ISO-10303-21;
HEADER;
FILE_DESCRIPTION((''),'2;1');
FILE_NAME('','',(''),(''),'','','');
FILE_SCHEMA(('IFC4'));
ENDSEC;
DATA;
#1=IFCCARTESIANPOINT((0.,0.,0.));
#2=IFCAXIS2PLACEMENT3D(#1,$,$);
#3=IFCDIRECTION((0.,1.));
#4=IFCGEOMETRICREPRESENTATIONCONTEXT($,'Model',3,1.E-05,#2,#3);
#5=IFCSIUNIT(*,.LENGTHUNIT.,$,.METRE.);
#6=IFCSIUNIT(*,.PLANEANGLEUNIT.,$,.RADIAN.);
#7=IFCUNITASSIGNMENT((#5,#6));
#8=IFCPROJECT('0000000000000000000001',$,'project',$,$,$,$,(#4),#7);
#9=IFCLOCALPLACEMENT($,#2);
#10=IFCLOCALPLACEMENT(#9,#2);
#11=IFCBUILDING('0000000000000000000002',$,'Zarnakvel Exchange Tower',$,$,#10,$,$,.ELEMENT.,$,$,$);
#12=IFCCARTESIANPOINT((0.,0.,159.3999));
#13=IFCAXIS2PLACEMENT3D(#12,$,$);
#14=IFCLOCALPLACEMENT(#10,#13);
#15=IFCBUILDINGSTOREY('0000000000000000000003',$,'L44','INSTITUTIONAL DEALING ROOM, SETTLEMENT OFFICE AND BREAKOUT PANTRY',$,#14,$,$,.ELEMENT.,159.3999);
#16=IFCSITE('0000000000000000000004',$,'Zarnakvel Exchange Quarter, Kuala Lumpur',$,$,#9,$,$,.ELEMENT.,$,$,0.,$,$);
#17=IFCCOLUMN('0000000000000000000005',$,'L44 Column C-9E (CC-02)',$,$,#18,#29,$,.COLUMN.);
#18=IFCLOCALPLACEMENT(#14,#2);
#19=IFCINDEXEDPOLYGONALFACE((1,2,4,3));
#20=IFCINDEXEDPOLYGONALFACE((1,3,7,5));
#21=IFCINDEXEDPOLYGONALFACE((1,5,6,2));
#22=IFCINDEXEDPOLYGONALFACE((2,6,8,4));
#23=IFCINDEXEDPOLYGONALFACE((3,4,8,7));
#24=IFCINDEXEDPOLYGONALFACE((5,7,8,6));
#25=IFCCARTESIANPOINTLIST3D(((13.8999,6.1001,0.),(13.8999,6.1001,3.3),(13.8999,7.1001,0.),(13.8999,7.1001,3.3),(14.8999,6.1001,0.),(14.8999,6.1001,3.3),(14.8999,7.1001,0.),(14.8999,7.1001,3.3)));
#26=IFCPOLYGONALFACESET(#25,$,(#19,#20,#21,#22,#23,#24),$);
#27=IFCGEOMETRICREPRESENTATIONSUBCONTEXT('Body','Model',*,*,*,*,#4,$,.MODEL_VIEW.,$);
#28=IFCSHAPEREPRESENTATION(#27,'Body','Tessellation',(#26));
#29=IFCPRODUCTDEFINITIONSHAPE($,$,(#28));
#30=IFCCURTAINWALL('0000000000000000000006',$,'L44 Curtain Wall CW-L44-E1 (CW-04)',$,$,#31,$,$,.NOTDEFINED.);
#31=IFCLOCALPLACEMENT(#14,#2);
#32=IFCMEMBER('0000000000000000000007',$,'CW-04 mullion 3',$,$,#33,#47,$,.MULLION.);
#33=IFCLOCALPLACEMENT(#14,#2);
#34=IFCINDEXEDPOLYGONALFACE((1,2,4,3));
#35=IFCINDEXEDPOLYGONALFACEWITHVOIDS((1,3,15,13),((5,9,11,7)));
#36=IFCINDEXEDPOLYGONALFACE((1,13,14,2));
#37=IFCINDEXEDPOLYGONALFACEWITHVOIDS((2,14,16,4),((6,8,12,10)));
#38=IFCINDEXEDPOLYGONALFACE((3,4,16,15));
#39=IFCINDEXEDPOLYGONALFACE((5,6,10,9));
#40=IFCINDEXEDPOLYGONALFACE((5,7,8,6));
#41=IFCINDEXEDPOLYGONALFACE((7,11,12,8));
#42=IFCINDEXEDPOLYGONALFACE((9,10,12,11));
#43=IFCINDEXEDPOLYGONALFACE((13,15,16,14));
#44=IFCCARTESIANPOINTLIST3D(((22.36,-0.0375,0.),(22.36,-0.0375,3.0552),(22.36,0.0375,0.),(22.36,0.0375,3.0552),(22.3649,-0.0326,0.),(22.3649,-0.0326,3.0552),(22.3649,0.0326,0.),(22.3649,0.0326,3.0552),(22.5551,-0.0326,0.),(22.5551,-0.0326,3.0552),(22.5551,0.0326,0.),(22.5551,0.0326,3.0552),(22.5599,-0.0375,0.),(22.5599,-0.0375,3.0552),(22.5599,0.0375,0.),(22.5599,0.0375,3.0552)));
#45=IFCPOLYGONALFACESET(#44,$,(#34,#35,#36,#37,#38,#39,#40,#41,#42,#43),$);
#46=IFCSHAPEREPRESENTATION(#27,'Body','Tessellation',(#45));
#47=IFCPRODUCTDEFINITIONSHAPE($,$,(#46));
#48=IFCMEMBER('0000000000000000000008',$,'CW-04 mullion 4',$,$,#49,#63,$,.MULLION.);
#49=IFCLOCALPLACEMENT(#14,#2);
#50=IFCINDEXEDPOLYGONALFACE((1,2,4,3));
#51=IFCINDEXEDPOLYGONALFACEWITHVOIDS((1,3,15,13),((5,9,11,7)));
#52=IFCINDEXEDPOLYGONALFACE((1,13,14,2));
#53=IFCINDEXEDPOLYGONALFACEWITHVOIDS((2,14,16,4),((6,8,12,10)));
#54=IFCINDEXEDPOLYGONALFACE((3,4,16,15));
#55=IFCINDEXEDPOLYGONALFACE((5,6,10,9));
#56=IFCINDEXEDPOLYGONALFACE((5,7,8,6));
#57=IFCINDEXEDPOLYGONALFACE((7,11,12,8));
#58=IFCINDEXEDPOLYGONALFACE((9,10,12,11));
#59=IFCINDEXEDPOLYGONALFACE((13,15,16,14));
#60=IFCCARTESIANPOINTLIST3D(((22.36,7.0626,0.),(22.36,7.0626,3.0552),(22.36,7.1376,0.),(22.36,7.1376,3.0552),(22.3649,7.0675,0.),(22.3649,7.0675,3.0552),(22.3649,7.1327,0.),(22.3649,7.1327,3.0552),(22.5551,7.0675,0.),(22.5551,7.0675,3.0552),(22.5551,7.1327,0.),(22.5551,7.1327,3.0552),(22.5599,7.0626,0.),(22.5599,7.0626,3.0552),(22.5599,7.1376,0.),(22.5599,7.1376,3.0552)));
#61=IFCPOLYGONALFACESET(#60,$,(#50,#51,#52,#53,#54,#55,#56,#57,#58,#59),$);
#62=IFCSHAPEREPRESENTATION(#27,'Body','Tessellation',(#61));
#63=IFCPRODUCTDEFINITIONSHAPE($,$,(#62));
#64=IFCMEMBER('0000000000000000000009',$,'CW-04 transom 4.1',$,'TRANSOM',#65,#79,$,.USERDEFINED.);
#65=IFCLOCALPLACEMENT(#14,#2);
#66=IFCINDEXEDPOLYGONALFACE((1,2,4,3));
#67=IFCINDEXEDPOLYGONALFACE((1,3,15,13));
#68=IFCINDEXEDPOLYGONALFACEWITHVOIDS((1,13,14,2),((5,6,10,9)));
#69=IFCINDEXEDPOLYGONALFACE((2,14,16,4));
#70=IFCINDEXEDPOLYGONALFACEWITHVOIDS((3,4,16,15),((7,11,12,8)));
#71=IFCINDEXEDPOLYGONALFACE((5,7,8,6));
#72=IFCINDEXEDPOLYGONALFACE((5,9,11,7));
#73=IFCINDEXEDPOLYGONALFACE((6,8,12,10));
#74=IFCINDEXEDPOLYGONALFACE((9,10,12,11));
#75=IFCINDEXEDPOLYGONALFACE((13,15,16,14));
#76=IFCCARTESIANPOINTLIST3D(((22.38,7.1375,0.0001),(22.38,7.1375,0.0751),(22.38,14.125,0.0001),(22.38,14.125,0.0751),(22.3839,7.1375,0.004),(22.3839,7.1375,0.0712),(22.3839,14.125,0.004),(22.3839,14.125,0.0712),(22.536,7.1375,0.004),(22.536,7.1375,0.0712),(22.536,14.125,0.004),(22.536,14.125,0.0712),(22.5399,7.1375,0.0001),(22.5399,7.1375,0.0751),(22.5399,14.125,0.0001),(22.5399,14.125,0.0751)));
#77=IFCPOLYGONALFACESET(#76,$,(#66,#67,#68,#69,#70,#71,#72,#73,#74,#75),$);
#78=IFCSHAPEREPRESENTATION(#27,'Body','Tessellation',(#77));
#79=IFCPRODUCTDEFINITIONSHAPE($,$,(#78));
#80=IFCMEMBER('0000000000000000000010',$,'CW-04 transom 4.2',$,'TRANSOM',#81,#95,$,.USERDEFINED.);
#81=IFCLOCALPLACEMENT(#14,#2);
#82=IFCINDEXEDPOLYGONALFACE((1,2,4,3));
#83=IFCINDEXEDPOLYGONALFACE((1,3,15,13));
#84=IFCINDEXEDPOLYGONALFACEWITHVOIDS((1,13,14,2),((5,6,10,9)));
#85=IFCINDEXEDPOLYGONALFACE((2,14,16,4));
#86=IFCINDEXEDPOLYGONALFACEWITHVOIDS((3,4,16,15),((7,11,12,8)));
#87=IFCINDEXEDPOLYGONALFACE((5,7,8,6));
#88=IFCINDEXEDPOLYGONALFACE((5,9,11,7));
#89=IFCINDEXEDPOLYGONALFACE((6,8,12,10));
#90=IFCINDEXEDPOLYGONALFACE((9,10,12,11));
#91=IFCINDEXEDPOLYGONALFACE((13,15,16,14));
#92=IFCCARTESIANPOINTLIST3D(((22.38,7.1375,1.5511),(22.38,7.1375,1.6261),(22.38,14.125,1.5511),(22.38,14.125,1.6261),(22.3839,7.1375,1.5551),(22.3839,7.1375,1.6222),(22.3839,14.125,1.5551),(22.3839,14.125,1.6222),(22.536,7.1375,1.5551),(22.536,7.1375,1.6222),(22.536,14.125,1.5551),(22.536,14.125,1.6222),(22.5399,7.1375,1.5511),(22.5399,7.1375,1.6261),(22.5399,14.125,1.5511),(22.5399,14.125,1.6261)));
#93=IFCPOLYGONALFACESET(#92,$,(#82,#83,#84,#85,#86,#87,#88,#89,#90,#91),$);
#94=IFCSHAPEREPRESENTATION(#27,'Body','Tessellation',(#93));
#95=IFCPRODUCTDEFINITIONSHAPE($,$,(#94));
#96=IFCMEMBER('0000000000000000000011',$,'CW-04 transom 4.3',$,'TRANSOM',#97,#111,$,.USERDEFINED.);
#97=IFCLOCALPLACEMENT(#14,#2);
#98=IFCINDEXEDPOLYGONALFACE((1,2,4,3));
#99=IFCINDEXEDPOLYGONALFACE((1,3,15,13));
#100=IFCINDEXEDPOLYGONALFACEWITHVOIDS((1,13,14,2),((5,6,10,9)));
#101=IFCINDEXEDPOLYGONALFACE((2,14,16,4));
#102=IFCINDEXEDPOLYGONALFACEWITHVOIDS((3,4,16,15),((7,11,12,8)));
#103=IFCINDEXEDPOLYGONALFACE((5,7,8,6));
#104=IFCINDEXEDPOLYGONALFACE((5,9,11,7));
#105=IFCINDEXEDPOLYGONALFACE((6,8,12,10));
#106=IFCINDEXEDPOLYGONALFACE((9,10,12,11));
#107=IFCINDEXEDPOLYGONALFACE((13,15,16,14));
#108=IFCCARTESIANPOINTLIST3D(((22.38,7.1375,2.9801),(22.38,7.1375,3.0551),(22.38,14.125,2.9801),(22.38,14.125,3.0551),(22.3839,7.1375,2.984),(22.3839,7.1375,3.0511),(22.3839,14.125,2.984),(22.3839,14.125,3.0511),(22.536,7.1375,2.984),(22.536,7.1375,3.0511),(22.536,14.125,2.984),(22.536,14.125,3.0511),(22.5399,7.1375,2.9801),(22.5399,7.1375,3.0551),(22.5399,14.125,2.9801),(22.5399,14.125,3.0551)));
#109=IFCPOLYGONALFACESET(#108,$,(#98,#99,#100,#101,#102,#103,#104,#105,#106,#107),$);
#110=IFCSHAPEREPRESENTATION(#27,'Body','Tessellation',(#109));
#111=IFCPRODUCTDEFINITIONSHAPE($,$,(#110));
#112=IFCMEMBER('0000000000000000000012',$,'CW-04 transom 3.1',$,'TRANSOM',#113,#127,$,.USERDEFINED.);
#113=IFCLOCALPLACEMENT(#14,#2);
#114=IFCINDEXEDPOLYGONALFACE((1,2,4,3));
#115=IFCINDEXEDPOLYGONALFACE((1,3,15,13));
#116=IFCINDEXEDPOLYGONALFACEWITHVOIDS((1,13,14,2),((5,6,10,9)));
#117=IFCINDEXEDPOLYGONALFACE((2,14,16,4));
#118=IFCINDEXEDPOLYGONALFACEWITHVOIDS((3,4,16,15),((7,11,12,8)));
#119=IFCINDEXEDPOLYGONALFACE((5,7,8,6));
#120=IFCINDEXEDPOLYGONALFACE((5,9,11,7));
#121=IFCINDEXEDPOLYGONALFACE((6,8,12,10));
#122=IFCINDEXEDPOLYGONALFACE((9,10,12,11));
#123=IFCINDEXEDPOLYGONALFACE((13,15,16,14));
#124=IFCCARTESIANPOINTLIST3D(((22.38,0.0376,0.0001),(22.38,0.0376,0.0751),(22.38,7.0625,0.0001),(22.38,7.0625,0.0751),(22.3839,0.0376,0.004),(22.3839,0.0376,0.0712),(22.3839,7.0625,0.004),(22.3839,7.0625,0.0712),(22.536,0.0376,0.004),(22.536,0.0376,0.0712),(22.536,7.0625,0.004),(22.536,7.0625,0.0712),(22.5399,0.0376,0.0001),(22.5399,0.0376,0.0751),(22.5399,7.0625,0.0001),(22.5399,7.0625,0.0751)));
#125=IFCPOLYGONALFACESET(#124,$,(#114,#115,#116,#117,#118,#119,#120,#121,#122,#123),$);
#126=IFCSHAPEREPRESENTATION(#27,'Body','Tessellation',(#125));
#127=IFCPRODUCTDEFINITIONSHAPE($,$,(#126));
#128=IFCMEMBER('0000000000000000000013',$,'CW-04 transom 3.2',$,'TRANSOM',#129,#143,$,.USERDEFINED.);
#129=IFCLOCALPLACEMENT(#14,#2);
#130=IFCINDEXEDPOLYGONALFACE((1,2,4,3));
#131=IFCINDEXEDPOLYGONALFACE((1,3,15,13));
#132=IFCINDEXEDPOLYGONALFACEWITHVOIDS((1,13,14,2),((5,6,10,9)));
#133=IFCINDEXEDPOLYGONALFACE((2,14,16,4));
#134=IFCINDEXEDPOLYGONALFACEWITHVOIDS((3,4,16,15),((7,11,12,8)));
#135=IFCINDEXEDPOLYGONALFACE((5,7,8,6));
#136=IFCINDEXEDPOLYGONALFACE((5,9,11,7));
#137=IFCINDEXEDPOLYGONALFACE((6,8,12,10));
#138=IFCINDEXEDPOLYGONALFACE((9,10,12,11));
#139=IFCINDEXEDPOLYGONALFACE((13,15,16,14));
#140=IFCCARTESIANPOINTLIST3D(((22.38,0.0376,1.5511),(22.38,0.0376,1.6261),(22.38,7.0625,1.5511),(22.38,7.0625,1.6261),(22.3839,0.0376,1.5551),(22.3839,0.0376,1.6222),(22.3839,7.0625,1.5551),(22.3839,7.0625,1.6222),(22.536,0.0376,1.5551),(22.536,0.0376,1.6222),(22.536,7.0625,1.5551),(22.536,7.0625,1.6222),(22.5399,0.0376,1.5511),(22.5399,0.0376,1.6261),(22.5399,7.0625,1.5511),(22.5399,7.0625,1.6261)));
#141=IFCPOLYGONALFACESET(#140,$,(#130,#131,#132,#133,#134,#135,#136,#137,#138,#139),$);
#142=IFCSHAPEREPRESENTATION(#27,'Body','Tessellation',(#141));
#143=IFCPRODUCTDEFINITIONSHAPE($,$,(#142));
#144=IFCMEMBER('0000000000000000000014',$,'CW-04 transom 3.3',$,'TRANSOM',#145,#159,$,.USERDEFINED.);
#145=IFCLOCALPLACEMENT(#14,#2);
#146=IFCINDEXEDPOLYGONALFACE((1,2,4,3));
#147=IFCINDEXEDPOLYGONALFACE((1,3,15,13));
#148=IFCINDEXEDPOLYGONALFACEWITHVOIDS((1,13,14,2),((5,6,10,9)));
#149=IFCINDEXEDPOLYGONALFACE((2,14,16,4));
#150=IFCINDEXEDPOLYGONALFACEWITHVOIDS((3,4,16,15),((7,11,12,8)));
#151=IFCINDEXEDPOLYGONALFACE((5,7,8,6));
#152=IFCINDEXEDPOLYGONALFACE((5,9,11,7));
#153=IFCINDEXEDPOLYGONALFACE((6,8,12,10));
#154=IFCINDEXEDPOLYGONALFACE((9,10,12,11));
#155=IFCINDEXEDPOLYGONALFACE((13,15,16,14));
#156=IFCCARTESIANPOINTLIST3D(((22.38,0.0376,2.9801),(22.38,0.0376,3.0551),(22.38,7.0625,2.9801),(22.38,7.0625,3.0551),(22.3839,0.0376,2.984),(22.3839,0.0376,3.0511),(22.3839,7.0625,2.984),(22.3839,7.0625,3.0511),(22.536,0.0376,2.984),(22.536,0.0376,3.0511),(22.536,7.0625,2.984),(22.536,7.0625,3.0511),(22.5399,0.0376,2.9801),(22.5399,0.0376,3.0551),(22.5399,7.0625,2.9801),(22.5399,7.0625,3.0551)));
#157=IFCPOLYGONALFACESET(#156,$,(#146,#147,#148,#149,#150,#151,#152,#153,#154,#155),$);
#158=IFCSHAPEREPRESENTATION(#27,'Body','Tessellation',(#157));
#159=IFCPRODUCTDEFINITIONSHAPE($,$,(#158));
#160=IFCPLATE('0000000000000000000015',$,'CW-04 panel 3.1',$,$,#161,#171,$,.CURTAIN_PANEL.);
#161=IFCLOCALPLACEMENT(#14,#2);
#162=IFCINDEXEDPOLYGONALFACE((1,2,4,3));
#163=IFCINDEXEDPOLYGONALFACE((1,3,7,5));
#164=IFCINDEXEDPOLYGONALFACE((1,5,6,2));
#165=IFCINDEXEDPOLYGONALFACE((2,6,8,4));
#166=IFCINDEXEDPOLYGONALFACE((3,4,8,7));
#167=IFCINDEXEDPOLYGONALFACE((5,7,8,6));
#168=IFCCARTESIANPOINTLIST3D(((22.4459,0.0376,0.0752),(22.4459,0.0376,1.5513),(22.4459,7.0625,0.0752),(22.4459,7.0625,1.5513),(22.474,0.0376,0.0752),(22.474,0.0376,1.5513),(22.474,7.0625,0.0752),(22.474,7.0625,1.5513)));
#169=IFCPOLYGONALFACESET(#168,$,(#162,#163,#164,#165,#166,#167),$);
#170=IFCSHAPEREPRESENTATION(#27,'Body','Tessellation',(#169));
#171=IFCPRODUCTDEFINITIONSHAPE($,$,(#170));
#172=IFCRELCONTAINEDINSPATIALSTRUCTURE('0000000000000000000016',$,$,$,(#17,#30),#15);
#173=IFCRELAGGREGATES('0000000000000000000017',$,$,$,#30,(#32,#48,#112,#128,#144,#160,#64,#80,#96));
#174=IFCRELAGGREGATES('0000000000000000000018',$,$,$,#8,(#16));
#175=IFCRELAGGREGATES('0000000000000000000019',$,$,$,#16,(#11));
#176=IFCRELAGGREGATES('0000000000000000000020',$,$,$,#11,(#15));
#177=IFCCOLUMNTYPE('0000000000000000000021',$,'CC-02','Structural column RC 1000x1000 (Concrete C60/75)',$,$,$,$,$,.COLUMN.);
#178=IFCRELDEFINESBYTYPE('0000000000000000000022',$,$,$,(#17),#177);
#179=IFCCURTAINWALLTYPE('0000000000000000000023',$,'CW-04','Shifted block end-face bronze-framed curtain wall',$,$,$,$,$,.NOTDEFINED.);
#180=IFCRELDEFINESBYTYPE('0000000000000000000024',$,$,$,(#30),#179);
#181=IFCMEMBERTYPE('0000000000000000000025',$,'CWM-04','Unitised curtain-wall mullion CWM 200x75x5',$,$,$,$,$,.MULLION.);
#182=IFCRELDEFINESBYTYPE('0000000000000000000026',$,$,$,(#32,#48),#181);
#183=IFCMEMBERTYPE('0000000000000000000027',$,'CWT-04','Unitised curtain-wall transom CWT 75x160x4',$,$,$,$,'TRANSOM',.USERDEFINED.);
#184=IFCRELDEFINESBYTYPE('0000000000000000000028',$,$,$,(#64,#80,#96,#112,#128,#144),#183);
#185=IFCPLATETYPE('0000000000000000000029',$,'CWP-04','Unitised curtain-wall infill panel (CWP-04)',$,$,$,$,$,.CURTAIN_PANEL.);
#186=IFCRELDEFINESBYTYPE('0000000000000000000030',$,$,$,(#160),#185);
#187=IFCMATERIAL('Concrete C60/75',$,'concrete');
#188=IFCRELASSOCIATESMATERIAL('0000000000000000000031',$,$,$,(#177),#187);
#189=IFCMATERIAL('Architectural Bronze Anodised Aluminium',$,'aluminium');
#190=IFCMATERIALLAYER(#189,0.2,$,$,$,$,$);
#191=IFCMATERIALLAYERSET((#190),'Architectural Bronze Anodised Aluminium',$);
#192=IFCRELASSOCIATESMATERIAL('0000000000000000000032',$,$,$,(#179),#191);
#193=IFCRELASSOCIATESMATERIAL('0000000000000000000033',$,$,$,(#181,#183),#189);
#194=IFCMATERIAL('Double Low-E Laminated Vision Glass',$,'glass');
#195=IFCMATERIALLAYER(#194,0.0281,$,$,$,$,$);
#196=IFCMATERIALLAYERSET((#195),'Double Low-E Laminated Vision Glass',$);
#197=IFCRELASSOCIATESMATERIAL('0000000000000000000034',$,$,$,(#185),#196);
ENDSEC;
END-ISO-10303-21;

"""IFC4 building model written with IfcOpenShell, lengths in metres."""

from ifc_helpers import new_model, si_unit, direction, frame, origin, origin_2d, place, context, subcontext, project, spatial, rectangle, hollow_rectangle, extrude, source, transform, mapped, material, layer, layer_set, material_profile, profile_set, type_object, element, aggregate, save


model = new_model("IFC4")

# Units and contexts
model_context = context("Model", 3, precision=1e-05, world=origin(), true_north=direction((0.0, 1.0)))
body_context = subcontext(model_context, "Body", "Model", "MODEL_VIEW")
ifc_project = project(units=[si_unit("LENGTHUNIT", "METRE"), si_unit("PLANEANGLEUNIT", "RADIAN")], contexts=[model_context])

# Site, building, storey
site_placement = place(None, origin())
site = spatial("IfcSite", under=ifc_project, at=site_placement, Name="Zarnakvel Exchange Quarter, Kuala Lumpur", CompositionType="ELEMENT", RefElevation=0.0)
building_placement = place(site_placement, origin())
building = spatial("IfcBuilding", under=site, at=building_placement, Name="Zarnakvel Exchange Tower", CompositionType="ELEMENT")
storey_placement = place(building_placement, frame((0.0, 0.0, 159.3999)))
storey = spatial("IfcBuildingStorey", under=building, at=storey_placement, Name="L44", Description="INSTITUTIONAL DEALING ROOM, SETTLEMENT OFFICE AND BREAKOUT PANTRY", CompositionType="ELEMENT", Elevation=159.3999)

# Column
ifc_material_1 = material(Name="Concrete C60/75", Category="concrete")
ifc_material_profile_1 = material_profile(ifc_material_1, rectangle(XDim=1.0, YDim=1.0, at=origin_2d()))
ifc_profile_set_1 = profile_set([ifc_material_profile_1], Name="Concrete C60/75")
column_type = type_object("IfcColumnType", Name="CC-02", Description="Structural column RC 1000x1000 (Concrete C60/75)", PredefinedType="COLUMN", material=ifc_profile_set_1)
column_placement = place(storey_placement, frame((14.3999, 6.6001, 0.0), z_axis=(0.0, 0.0, 1.0), x_axis=(1.0, 0.0, 0.0)))
element("IfcColumn", 1, at=column_placement, inside=storey, type_object=column_type, Name="L44 Column C-9E (CC-02)", PredefinedType="COLUMN", context=body_context, shape_type="SweptSolid", body=[
    extrude(rectangle(XDim=1.0, YDim=1.0, at=origin_2d()), origin(), (0.0, 0.0, 1.0), 3.3),
])

# Curtain wall, members, plate
ifc_material_2 = material(Name="Architectural Bronze Anodised Aluminium", Category="aluminium")
ifc_layer_1 = layer(ifc_material_2, 0.2)
ifc_layer_set_1 = layer_set([ifc_layer_1], Name="Architectural Bronze Anodised Aluminium")
curtain_wall_type = type_object("IfcCurtainWallType", Name="CW-04", Description="Shifted block end-face bronze-framed curtain wall", PredefinedType="NOTDEFINED", material=ifc_layer_set_1)
curtain_wall_placement = place(storey_placement, origin())
curtain_wall = element("IfcCurtainWall", 2, at=curtain_wall_placement, inside=storey, type_object=curtain_wall_type, Name="L44 Curtain Wall CW-L44-E1 (CW-04)", PredefinedType="NOTDEFINED")
ifc_material_profile_2 = material_profile(ifc_material_2, hollow_rectangle(XDim=0.2, YDim=0.075, WallThickness=0.0049, at=origin_2d()))
ifc_profile_set_2 = profile_set([ifc_material_profile_2], Name="Architectural Bronze Anodised Aluminium")
member_type_1 = type_object("IfcMemberType", Name="CWM-04", Description="Unitised curtain-wall mullion CWM 200x75x5", PredefinedType="MULLION", material=ifc_profile_set_2)
shared_shape_1 = source(origin(), body_context, "Body", "SweptSolid", [
    extrude(hollow_rectangle(XDim=0.2, YDim=0.075, WallThickness=0.0049, at=origin_2d()), origin(), (0.0, 0.0, 1.0), 3.0552),
])
member_1_placement = place(storey_placement, frame((22.46, 0.0, 0.0), z_axis=(0.0, 0.0, 1.0), x_axis=(-1.0, 0.0, 0.0)))
member_1 = element("IfcMember", 3, at=member_1_placement, type_object=member_type_1, Name="CW-04 mullion 3", PredefinedType="MULLION", context=body_context, shape_type="MappedRepresentation", body=[
    mapped(shared_shape_1, transform((0.0, 0.0, 0.0), x_axis=(1.0, 0.0, 0.0), y_axis=(0.0, 1.0, 0.0), z_axis=(0.0, 0.0, 1.0), scale=1.0)),
])
member_2_placement = place(storey_placement, frame((22.46, 7.1001, 0.0), z_axis=(0.0, 0.0, 1.0), x_axis=(-1.0, 0.0, 0.0)))
member_2 = element("IfcMember", 4, at=member_2_placement, type_object=member_type_1, Name="CW-04 mullion 4", PredefinedType="MULLION", context=body_context, shape_type="MappedRepresentation", body=[
    mapped(shared_shape_1, transform((0.0, 0.0, 0.0), x_axis=(1.0, 0.0, 0.0), y_axis=(0.0, 1.0, 0.0), z_axis=(0.0, 0.0, 1.0), scale=1.0)),
])
ifc_material_profile_3 = material_profile(ifc_material_2, hollow_rectangle(XDim=0.1599, YDim=0.075, WallThickness=0.0039, at=origin_2d()))
ifc_profile_set_3 = profile_set([ifc_material_profile_3], Name="Architectural Bronze Anodised Aluminium")
member_type_2 = type_object("IfcMemberType", Name="CWT-04", Description="Unitised curtain-wall transom CWT 75x160x4", ElementType="TRANSOM", PredefinedType="USERDEFINED", material=ifc_profile_set_3)
shared_shape_2 = source(origin(), body_context, "Body", "SweptSolid", [
    extrude(hollow_rectangle(XDim=0.1599, YDim=0.075, WallThickness=0.0039, at=origin_2d()), origin(), (0.0, 0.0, 1.0), 6.9875),
])
member_3_placement = place(storey_placement, frame((22.46, 7.1375, 0.0376), z_axis=(0.0, 1.0, 0.0), x_axis=(-1.0, 0.0, 0.0)))
member_3 = element("IfcMember", 5, at=member_3_placement, type_object=member_type_2, Name="CW-04 transom 4.1", ObjectType="TRANSOM", PredefinedType="USERDEFINED", context=body_context, shape_type="MappedRepresentation", body=[
    mapped(shared_shape_2, transform((0.0, 0.0, 0.0), x_axis=(1.0, 0.0, 0.0), y_axis=(0.0, 1.0, 0.0), z_axis=(0.0, 0.0, 1.0), scale=1.0)),
])
member_4_placement = place(storey_placement, frame((22.46, 7.1375, 1.5886), z_axis=(0.0, 1.0, 0.0), x_axis=(-1.0, 0.0, 0.0)))
member_4 = element("IfcMember", 6, at=member_4_placement, type_object=member_type_2, Name="CW-04 transom 4.2", ObjectType="TRANSOM", PredefinedType="USERDEFINED", context=body_context, shape_type="MappedRepresentation", body=[
    mapped(shared_shape_2, transform((0.0, 0.0, 0.0), x_axis=(1.0, 0.0, 0.0), y_axis=(0.0, 1.0, 0.0), z_axis=(0.0, 0.0, 1.0), scale=1.0)),
])
member_5_placement = place(storey_placement, frame((22.46, 7.1375, 3.0176), z_axis=(0.0, 1.0, 0.0), x_axis=(-1.0, 0.0, 0.0)))
member_5 = element("IfcMember", 7, at=member_5_placement, type_object=member_type_2, Name="CW-04 transom 4.3", ObjectType="TRANSOM", PredefinedType="USERDEFINED", context=body_context, shape_type="MappedRepresentation", body=[
    mapped(shared_shape_2, transform((0.0, 0.0, 0.0), x_axis=(1.0, 0.0, 0.0), y_axis=(0.0, 1.0, 0.0), z_axis=(0.0, 0.0, 1.0), scale=1.0)),
])
shared_shape_3 = source(origin(), body_context, "Body", "SweptSolid", [
    extrude(hollow_rectangle(XDim=0.1599, YDim=0.075, WallThickness=0.0039, at=origin_2d()), origin(), (0.0, 0.0, 1.0), 7.0249),
])
member_6_placement = place(storey_placement, frame((22.46, 0.0376, 0.0376), z_axis=(0.0, 1.0, 0.0), x_axis=(-1.0, 0.0, 0.0)))
member_6 = element("IfcMember", 8, at=member_6_placement, type_object=member_type_2, Name="CW-04 transom 3.1", ObjectType="TRANSOM", PredefinedType="USERDEFINED", context=body_context, shape_type="MappedRepresentation", body=[
    mapped(shared_shape_3, transform((0.0, 0.0, 0.0), x_axis=(1.0, 0.0, 0.0), y_axis=(0.0, 1.0, 0.0), z_axis=(0.0, 0.0, 1.0), scale=1.0)),
])
member_7_placement = place(storey_placement, frame((22.46, 0.0376, 1.5886), z_axis=(0.0, 1.0, 0.0), x_axis=(-1.0, 0.0, 0.0)))
member_7 = element("IfcMember", 9, at=member_7_placement, type_object=member_type_2, Name="CW-04 transom 3.2", ObjectType="TRANSOM", PredefinedType="USERDEFINED", context=body_context, shape_type="MappedRepresentation", body=[
    mapped(shared_shape_3, transform((0.0, 0.0, 0.0), x_axis=(1.0, 0.0, 0.0), y_axis=(0.0, 1.0, 0.0), z_axis=(0.0, 0.0, 1.0), scale=1.0)),
])
member_8_placement = place(storey_placement, frame((22.46, 0.0376, 3.0176), z_axis=(0.0, 1.0, 0.0), x_axis=(-1.0, 0.0, 0.0)))
member_8 = element("IfcMember", 10, at=member_8_placement, type_object=member_type_2, Name="CW-04 transom 3.3", ObjectType="TRANSOM", PredefinedType="USERDEFINED", context=body_context, shape_type="MappedRepresentation", body=[
    mapped(shared_shape_3, transform((0.0, 0.0, 0.0), x_axis=(1.0, 0.0, 0.0), y_axis=(0.0, 1.0, 0.0), z_axis=(0.0, 0.0, 1.0), scale=1.0)),
])
ifc_material_3 = material(Name="Double Low-E Laminated Vision Glass", Category="glass")
ifc_layer_2 = layer(ifc_material_3, 0.0281)
ifc_layer_set_2 = layer_set([ifc_layer_2], Name="Double Low-E Laminated Vision Glass")
plate_type = type_object("IfcPlateType", Name="CWP-04", Description="Unitised curtain-wall infill panel (CWP-04)", PredefinedType="CURTAIN_PANEL", material=ifc_layer_set_2)
shared_shape_4 = source(origin(), body_context, "Body", "SweptSolid", [
    extrude(rectangle(XDim=7.0249, YDim=0.0281, at=origin_2d()), origin(), (0.0, 0.0, 1.0), 1.4761),
])
plate_1_placement = place(storey_placement, frame((22.46, 3.55, 0.0752), z_axis=(0.0, 0.0, 1.0), x_axis=(0.0, 1.0, 0.0)))
plate_1 = element("IfcPlate", 11, at=plate_1_placement, type_object=plate_type, Name="CW-04 panel 3.1", PredefinedType="CURTAIN_PANEL", context=body_context, shape_type="MappedRepresentation", body=[
    mapped(shared_shape_4, transform((0.0, 0.0, 0.0), x_axis=(1.0, 0.0, 0.0), y_axis=(0.0, 1.0, 0.0), z_axis=(0.0, 0.0, 1.0), scale=1.0)),
])
aggregate(curtain_wall, [member_1, member_2, member_6, member_7, member_8, plate_1, member_3, member_4, member_5])

save(model, "model.ifc")
